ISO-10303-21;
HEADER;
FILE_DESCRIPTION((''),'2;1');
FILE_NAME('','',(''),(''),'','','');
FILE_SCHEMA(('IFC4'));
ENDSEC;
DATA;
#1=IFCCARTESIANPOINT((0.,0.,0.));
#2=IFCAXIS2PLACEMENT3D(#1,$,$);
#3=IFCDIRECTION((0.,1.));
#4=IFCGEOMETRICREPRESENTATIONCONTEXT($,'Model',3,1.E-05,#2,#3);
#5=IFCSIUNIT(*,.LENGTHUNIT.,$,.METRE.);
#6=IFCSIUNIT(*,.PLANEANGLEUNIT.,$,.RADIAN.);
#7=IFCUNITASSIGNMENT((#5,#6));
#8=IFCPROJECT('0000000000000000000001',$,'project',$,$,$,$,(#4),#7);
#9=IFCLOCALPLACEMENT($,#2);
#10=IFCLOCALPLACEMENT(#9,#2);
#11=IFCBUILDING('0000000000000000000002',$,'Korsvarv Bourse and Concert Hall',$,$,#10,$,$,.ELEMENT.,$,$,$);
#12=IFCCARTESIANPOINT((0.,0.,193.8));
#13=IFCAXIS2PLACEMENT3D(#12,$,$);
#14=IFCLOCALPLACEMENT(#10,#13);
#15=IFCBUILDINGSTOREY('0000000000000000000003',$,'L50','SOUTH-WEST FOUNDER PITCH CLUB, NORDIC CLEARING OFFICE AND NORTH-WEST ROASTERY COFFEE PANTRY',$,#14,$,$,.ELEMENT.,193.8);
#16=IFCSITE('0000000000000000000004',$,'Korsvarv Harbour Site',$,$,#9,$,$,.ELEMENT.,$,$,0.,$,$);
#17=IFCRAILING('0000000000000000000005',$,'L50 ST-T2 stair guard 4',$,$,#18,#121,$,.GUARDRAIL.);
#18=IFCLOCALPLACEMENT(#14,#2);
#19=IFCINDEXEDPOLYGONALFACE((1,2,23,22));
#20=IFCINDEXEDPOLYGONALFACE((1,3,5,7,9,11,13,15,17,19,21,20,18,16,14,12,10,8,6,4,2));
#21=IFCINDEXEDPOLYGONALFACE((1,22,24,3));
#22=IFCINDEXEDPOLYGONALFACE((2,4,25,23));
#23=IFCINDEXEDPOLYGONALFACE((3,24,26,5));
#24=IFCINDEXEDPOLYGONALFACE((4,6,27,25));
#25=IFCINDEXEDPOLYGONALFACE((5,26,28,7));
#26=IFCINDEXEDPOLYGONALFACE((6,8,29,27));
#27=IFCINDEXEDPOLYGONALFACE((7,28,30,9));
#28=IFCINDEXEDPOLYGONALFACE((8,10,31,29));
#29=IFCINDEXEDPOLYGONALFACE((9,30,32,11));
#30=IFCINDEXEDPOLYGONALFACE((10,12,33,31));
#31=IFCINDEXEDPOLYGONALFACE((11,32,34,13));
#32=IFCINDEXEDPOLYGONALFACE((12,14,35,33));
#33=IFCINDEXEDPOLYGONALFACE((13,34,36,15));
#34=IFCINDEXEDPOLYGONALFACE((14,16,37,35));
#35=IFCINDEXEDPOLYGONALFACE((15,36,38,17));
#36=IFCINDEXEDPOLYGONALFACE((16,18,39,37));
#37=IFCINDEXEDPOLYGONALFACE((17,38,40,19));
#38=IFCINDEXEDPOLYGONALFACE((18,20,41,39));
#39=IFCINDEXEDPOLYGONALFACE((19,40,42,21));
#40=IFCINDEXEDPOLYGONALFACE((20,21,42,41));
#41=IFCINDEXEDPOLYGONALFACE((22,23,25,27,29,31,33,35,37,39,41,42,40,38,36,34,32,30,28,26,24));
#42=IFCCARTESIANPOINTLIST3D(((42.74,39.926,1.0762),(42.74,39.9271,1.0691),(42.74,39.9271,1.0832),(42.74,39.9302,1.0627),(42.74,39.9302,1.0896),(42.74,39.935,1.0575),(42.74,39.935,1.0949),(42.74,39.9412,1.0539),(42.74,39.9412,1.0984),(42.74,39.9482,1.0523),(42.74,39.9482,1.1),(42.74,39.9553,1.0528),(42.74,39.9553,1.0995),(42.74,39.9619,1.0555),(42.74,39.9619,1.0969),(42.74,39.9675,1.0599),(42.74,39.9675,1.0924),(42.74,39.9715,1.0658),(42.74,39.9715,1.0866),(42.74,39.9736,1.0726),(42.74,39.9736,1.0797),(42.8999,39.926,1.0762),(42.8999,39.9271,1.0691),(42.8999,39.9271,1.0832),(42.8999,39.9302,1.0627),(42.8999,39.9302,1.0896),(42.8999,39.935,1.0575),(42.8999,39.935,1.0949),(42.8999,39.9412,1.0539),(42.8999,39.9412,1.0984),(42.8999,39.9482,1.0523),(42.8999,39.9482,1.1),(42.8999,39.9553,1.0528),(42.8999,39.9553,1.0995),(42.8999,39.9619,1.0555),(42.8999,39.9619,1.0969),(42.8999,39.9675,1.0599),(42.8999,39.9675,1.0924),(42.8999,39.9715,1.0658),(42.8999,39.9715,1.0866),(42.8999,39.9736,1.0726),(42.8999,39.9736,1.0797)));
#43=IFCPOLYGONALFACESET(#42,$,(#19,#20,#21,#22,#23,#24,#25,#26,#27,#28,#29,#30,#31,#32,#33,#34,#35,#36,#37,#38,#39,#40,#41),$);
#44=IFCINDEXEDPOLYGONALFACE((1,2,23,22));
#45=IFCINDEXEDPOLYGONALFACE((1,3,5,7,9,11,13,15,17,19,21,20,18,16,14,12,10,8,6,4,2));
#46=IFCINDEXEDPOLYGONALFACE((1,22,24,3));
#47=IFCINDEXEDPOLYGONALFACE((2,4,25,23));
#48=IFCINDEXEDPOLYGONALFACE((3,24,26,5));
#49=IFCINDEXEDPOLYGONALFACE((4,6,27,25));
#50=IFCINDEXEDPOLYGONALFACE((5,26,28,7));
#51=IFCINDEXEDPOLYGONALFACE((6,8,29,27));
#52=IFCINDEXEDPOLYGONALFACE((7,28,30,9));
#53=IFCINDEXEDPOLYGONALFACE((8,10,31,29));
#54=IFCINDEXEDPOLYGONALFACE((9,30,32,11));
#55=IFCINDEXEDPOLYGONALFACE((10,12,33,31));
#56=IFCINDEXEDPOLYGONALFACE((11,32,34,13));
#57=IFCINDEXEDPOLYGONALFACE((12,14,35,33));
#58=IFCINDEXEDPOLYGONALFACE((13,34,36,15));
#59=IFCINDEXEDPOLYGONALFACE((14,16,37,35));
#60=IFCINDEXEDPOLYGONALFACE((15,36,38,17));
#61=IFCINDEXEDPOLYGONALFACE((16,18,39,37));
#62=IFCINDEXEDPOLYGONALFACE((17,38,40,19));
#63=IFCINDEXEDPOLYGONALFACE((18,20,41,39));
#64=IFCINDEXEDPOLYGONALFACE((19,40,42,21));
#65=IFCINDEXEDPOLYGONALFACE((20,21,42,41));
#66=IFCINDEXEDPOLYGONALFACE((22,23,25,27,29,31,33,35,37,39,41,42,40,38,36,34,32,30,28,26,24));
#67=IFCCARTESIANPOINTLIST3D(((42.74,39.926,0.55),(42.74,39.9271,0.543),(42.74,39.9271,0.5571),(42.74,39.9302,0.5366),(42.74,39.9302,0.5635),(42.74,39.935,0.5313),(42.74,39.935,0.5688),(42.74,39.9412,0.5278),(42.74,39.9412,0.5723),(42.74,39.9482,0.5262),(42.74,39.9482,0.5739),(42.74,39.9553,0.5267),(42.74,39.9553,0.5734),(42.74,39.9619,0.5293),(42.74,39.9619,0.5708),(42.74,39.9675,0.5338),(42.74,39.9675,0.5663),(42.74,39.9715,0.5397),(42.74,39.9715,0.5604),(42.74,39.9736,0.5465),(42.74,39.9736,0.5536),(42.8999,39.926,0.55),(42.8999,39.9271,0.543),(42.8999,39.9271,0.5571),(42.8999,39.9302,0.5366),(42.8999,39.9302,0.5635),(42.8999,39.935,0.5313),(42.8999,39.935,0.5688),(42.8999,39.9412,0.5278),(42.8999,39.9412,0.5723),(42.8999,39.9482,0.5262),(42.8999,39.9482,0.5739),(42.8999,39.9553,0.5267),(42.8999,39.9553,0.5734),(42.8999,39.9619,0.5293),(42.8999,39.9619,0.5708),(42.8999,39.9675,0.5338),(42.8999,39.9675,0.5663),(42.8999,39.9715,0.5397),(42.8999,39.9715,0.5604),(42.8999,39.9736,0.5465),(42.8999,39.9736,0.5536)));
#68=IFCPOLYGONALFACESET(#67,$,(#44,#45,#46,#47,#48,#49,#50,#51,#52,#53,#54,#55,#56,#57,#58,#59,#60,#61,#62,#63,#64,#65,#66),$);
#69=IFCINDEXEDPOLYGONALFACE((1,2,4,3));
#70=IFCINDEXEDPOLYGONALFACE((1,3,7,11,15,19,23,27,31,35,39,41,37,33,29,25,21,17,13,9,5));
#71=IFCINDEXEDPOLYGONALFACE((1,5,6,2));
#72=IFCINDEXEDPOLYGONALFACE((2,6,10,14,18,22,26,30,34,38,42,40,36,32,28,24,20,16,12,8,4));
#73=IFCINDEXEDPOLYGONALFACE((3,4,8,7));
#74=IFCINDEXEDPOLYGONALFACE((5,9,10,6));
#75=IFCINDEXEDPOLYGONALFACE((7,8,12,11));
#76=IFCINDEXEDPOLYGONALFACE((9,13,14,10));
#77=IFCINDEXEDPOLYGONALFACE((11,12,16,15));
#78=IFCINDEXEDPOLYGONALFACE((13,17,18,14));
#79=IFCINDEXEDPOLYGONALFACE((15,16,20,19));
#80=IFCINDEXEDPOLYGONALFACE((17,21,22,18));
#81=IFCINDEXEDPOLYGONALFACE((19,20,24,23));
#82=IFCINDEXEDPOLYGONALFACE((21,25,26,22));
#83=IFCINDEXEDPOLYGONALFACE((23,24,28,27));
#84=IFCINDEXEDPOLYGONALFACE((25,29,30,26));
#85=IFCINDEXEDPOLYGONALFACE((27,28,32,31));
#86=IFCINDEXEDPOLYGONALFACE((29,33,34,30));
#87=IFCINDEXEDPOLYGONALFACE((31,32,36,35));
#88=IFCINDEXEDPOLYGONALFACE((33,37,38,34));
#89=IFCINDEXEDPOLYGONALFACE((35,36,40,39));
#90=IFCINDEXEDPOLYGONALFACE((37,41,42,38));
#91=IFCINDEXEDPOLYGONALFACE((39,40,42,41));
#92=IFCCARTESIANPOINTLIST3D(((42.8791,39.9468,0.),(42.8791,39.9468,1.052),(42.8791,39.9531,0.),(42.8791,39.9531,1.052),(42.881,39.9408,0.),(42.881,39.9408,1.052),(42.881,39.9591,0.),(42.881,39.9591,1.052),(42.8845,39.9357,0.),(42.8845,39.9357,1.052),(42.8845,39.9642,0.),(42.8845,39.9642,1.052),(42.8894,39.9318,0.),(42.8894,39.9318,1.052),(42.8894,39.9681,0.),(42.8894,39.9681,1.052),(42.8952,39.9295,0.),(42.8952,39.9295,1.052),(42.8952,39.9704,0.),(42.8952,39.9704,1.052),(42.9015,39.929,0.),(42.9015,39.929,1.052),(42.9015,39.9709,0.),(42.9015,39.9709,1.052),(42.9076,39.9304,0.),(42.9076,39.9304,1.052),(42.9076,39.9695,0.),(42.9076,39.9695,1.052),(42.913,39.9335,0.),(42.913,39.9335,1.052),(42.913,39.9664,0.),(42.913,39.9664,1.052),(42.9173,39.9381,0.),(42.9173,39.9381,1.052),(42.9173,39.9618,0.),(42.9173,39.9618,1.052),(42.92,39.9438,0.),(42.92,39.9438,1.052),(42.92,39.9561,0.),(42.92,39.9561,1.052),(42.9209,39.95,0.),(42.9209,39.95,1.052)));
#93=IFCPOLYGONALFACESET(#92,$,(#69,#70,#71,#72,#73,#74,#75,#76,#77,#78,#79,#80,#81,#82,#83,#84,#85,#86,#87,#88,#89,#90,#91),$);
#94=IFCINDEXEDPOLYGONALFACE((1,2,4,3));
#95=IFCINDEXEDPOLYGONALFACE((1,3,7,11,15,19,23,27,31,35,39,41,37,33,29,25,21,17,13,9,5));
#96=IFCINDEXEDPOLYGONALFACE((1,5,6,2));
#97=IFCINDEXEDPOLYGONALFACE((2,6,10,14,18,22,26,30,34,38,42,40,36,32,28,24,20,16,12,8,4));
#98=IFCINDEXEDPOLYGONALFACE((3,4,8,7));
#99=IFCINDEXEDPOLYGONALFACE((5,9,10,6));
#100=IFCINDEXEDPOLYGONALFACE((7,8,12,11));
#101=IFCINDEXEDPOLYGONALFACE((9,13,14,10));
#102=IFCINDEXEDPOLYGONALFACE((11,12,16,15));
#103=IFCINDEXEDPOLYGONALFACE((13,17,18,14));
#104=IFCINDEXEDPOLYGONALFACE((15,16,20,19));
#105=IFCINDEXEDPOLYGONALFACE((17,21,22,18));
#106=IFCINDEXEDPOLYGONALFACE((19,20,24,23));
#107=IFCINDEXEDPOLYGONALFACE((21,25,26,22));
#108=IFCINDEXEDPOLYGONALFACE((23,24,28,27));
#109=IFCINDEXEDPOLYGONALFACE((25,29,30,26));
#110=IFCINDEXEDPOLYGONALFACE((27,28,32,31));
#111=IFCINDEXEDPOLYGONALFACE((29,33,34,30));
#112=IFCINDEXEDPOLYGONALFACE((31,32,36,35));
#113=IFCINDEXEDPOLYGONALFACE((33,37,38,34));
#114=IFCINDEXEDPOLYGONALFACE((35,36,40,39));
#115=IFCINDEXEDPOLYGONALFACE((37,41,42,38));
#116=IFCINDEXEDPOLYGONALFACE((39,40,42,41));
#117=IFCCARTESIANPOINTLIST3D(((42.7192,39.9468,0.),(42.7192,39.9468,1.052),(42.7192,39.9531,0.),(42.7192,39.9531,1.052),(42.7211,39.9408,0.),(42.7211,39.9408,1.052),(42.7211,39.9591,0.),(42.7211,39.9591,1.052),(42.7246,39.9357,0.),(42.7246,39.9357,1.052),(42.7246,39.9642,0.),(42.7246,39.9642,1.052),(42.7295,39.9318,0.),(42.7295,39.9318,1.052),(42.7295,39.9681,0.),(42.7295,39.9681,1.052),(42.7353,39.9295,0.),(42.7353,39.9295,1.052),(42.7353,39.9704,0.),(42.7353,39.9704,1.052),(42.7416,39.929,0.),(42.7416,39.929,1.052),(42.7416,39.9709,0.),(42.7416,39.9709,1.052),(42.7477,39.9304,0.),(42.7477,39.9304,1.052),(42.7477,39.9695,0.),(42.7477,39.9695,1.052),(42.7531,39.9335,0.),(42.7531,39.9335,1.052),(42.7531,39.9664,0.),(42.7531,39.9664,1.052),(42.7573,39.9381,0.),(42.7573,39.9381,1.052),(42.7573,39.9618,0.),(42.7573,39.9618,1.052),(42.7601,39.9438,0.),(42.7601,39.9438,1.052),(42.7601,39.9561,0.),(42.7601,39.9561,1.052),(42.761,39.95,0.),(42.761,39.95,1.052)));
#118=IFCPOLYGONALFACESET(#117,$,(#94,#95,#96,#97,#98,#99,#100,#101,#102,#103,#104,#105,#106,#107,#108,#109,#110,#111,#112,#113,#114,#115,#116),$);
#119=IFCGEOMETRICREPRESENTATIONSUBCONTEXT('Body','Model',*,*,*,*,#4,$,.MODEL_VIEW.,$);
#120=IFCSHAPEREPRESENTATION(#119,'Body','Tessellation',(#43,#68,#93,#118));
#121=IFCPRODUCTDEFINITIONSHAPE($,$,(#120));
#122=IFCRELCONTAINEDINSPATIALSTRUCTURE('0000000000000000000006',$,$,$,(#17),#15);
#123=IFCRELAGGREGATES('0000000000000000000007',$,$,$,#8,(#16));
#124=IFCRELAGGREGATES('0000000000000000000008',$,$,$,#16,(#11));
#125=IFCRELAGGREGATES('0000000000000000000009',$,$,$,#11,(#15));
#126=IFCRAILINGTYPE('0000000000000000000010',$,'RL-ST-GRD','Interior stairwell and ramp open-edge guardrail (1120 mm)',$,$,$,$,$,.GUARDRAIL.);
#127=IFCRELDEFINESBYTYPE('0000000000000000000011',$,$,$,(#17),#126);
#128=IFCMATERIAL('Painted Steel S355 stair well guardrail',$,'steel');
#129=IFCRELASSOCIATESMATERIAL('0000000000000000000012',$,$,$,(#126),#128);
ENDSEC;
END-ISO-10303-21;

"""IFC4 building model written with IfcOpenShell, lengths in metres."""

from ifc_helpers import new_model, si_unit, direction, frame, origin, origin_2d, place, context, subcontext, project, spatial, circle, extrude, material, type_object, element, save


model = new_model("IFC4")

# Units and contexts
model_context = context("Model", 3, precision=1e-05, world=origin(), true_north=direction((0.0, 1.0)))
body_context = subcontext(model_context, "Body", "Model", "MODEL_VIEW")
ifc_project = project(units=[si_unit("LENGTHUNIT", "METRE"), si_unit("PLANEANGLEUNIT", "RADIAN")], contexts=[model_context])

# Site, building, storey
site_placement = place(None, origin())
site = spatial("IfcSite", under=ifc_project, at=site_placement, Name="Korsvarv Harbour Site", CompositionType="ELEMENT", RefElevation=0.0)
building_placement = place(site_placement, origin())
building = spatial("IfcBuilding", under=site, at=building_placement, Name="Korsvarv Bourse and Concert Hall", CompositionType="ELEMENT")
storey_placement = place(building_placement, frame((0.0, 0.0, 193.8)))
storey = spatial("IfcBuildingStorey", under=building, at=storey_placement, Name="L50", Description="SOUTH-WEST FOUNDER PITCH CLUB, NORDIC CLEARING OFFICE AND NORTH-WEST ROASTERY COFFEE PANTRY", CompositionType="ELEMENT", Elevation=193.8)

# Railing
ifc_material_1 = material(Name="Painted Steel S355 stair well guardrail", Category="steel")
railing_type_1 = type_object("IfcRailingType", Name="RL-ST-GRD", Description="Interior stairwell and ramp open-edge guardrail (1120 mm)", PredefinedType="GUARDRAIL", material=ifc_material_1)
railing_1_placement = place(storey_placement, frame((42.8999, 39.95, 0.0)))
element("IfcRailing", 1, at=railing_1_placement, inside=storey, type_object=railing_type_1, Name="L50 ST-T2 stair guard 4", PredefinedType="GUARDRAIL", context=body_context, shape_type="SweptSolid", body=[
    extrude(circle(Radius=0.0239, at=origin_2d()), frame((0.0, 0.0, 1.0762), z_axis=(-1.0, 0.0, 0.0), x_axis=(0.0, -1.0, 0.0)), (0.0, 0.0, 1.0), 0.1599),
    extrude(circle(Radius=0.0239, at=origin_2d()), frame((0.0, 0.0, 0.55), z_axis=(-1.0, 0.0, 0.0), x_axis=(0.0, -1.0, 0.0)), (0.0, 0.0, 1.0), 0.1599),
    extrude(circle(Radius=0.021, at=origin_2d()), origin(), (0.0, 0.0, 1.0), 1.052),
    extrude(circle(Radius=0.021, at=origin_2d()), frame((-0.1599, 0.0, 0.0)), (0.0, 0.0, 1.0), 1.052),
])

save(model, "model.ifc")
